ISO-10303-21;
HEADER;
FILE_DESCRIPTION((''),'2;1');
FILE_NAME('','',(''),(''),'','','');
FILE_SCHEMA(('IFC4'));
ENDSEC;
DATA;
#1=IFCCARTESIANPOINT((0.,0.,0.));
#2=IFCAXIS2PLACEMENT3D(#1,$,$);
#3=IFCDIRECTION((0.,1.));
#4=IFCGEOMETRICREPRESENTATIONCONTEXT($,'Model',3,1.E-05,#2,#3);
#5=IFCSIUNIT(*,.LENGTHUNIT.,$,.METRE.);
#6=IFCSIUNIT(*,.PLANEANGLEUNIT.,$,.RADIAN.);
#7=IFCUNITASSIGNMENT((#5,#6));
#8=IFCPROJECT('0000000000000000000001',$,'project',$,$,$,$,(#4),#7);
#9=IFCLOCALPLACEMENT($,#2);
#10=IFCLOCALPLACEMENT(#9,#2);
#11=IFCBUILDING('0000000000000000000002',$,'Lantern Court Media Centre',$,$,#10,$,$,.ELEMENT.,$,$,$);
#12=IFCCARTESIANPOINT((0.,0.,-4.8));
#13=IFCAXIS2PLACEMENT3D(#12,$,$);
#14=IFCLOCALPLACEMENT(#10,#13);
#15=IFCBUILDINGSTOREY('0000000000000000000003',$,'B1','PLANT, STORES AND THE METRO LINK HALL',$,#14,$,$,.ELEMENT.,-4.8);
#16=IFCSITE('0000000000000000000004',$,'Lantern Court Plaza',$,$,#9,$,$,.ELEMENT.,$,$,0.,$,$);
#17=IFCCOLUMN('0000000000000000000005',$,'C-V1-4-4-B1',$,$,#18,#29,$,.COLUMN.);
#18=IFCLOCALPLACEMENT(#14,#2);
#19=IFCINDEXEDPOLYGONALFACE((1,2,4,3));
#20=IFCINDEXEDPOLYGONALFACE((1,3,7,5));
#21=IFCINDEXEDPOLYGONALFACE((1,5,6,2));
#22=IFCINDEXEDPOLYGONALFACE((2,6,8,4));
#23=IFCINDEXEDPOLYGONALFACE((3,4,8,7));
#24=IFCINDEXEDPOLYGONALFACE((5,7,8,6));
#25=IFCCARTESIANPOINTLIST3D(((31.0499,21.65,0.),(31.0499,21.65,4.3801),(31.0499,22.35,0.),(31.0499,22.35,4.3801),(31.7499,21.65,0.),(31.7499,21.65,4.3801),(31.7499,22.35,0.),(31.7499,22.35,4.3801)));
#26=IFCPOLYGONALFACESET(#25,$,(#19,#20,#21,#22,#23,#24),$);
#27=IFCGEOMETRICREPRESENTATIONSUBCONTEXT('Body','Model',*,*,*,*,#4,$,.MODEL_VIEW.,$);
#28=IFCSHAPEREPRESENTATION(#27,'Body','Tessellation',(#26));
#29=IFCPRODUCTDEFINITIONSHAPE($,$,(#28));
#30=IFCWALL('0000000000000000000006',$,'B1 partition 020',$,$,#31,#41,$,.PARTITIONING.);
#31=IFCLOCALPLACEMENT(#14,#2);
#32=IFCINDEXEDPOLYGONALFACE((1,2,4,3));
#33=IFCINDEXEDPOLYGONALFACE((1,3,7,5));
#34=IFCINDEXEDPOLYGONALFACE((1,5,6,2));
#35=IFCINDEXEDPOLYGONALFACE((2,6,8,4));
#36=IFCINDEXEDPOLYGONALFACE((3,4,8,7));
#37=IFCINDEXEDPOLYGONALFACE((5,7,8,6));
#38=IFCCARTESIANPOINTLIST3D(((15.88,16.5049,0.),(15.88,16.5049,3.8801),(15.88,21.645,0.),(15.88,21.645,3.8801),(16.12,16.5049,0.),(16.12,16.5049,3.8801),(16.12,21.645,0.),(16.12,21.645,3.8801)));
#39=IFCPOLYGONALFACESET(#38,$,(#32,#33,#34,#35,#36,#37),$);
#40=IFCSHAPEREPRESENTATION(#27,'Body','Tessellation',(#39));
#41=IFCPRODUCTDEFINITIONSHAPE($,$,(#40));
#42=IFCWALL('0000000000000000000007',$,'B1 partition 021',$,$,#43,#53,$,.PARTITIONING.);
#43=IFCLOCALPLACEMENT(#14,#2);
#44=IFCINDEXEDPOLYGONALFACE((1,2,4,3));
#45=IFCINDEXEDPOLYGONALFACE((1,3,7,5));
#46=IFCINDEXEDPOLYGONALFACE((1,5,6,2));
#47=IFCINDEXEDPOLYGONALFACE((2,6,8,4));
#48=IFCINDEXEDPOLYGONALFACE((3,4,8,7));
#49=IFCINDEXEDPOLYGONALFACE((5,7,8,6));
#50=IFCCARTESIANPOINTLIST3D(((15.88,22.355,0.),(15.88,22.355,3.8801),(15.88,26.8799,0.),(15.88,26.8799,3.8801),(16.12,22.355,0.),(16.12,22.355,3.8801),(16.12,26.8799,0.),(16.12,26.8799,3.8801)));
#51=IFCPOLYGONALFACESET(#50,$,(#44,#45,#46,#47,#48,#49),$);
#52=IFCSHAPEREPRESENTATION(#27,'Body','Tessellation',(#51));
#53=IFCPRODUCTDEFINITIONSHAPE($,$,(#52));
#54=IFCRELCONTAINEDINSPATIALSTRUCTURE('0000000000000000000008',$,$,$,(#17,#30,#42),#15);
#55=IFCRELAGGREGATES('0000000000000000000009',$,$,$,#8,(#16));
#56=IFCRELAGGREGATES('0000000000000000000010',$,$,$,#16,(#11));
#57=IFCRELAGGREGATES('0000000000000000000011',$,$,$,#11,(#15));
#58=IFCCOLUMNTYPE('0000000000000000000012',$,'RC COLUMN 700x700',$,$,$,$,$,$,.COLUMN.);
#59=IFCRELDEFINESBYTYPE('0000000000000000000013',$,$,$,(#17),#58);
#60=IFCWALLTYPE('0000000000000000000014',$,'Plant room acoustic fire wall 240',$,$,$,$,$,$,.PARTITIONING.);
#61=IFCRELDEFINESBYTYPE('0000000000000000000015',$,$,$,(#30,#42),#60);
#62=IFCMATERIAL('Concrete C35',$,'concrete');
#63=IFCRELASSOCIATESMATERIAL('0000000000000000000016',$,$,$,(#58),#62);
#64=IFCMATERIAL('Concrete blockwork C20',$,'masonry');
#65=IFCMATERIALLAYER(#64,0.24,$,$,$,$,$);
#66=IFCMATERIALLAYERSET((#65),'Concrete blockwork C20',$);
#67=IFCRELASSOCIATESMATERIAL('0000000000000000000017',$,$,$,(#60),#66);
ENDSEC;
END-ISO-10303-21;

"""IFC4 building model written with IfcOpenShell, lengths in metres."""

from ifc_helpers import new_model, si_unit, direction, frame, frame_2d, origin, origin_2d, place, context, subcontext, project, spatial, rectangle, extrude, material, layer, layer_set, material_profile, profile_set, type_object, element, save


model = new_model("IFC4")

# Units and contexts
model_context = context("Model", 3, precision=1e-05, world=origin(), true_north=direction((0.0, 1.0)))
body_context = subcontext(model_context, "Body", "Model", "MODEL_VIEW")
ifc_project = project(units=[si_unit("LENGTHUNIT", "METRE"), si_unit("PLANEANGLEUNIT", "RADIAN")], contexts=[model_context])

# Site, building, storey
site_placement = place(None, origin())
site = spatial("IfcSite", under=ifc_project, at=site_placement, Name="Lantern Court Plaza", CompositionType="ELEMENT", RefElevation=0.0)
building_placement = place(site_placement, origin())
building = spatial("IfcBuilding", under=site, at=building_placement, Name="Lantern Court Media Centre", CompositionType="ELEMENT")
storey_placement = place(building_placement, frame((0.0, 0.0, -4.8)))
storey = spatial("IfcBuildingStorey", under=building, at=storey_placement, Name="B1", Description="PLANT, STORES AND THE METRO LINK HALL", CompositionType="ELEMENT", Elevation=-4.8)

# Column
ifc_material_1 = material(Name="Concrete C35", Category="concrete")
ifc_material_profile_1 = material_profile(ifc_material_1, rectangle(XDim=0.7, YDim=0.7, at=origin_2d()), Name="RC 700x700")
ifc_profile_set_1 = profile_set([ifc_material_profile_1], Name="Concrete C35")
column_type = type_object("IfcColumnType", Name="RC COLUMN 700x700", PredefinedType="COLUMN", material=ifc_profile_set_1)
for number, where, z_axis, x_axis, name in (
    (1, (31.3999, 22.0, 0.0), (0.0, 0.0, 1.0), (1.0, 0.0, 0.0), "C-V1-4-4-B1"),
):
    element("IfcColumn", number, at=place(storey_placement, frame(where, z_axis=z_axis, x_axis=x_axis)), inside=storey, type_object=column_type, Name=name, PredefinedType="COLUMN", context=body_context, shape_type="SweptSolid", body=[
        extrude(rectangle(XDim=0.7, YDim=0.7, at=origin_2d()), origin(), (0.0, 0.0, 1.0), 4.3801),
    ])

# Walls
ifc_material_2 = material(Name="Concrete blockwork C20", Category="masonry")
ifc_layer_1 = layer(ifc_material_2, 0.24)
ifc_layer_set_1 = layer_set([ifc_layer_1], Name="Concrete blockwork C20")
wall_type_1 = type_object("IfcWallType", Name="Plant room acoustic fire wall 240", PredefinedType="PARTITIONING", material=ifc_layer_set_1)
wall_1_placement = place(storey_placement, frame((16.0, 16.5049, 0.0), z_axis=(0.0, 0.0, 1.0), x_axis=(0.0, 1.0, 0.0)))
element("IfcWall", 2, at=wall_1_placement, inside=storey, type_object=wall_type_1, Name="B1 partition 020", PredefinedType="PARTITIONING", context=body_context, shape_type="SweptSolid", body=[
    extrude(rectangle(XDim=5.1401, YDim=0.24, at=frame_2d((2.5701, 0.0))), origin(), (0.0, 0.0, 1.0), 3.8801),
])
wall_2_placement = place(storey_placement, frame((16.0, 22.355, 0.0), z_axis=(0.0, 0.0, 1.0), x_axis=(0.0, 1.0, 0.0)))
element("IfcWall", 3, at=wall_2_placement, inside=storey, type_object=wall_type_1, Name="B1 partition 021", PredefinedType="PARTITIONING", context=body_context, shape_type="SweptSolid", body=[
    extrude(rectangle(XDim=4.5249, YDim=0.24, at=frame_2d((2.2625, 0.0))), origin(), (0.0, 0.0, 1.0), 3.8801),
])

save(model, "model.ifc")
